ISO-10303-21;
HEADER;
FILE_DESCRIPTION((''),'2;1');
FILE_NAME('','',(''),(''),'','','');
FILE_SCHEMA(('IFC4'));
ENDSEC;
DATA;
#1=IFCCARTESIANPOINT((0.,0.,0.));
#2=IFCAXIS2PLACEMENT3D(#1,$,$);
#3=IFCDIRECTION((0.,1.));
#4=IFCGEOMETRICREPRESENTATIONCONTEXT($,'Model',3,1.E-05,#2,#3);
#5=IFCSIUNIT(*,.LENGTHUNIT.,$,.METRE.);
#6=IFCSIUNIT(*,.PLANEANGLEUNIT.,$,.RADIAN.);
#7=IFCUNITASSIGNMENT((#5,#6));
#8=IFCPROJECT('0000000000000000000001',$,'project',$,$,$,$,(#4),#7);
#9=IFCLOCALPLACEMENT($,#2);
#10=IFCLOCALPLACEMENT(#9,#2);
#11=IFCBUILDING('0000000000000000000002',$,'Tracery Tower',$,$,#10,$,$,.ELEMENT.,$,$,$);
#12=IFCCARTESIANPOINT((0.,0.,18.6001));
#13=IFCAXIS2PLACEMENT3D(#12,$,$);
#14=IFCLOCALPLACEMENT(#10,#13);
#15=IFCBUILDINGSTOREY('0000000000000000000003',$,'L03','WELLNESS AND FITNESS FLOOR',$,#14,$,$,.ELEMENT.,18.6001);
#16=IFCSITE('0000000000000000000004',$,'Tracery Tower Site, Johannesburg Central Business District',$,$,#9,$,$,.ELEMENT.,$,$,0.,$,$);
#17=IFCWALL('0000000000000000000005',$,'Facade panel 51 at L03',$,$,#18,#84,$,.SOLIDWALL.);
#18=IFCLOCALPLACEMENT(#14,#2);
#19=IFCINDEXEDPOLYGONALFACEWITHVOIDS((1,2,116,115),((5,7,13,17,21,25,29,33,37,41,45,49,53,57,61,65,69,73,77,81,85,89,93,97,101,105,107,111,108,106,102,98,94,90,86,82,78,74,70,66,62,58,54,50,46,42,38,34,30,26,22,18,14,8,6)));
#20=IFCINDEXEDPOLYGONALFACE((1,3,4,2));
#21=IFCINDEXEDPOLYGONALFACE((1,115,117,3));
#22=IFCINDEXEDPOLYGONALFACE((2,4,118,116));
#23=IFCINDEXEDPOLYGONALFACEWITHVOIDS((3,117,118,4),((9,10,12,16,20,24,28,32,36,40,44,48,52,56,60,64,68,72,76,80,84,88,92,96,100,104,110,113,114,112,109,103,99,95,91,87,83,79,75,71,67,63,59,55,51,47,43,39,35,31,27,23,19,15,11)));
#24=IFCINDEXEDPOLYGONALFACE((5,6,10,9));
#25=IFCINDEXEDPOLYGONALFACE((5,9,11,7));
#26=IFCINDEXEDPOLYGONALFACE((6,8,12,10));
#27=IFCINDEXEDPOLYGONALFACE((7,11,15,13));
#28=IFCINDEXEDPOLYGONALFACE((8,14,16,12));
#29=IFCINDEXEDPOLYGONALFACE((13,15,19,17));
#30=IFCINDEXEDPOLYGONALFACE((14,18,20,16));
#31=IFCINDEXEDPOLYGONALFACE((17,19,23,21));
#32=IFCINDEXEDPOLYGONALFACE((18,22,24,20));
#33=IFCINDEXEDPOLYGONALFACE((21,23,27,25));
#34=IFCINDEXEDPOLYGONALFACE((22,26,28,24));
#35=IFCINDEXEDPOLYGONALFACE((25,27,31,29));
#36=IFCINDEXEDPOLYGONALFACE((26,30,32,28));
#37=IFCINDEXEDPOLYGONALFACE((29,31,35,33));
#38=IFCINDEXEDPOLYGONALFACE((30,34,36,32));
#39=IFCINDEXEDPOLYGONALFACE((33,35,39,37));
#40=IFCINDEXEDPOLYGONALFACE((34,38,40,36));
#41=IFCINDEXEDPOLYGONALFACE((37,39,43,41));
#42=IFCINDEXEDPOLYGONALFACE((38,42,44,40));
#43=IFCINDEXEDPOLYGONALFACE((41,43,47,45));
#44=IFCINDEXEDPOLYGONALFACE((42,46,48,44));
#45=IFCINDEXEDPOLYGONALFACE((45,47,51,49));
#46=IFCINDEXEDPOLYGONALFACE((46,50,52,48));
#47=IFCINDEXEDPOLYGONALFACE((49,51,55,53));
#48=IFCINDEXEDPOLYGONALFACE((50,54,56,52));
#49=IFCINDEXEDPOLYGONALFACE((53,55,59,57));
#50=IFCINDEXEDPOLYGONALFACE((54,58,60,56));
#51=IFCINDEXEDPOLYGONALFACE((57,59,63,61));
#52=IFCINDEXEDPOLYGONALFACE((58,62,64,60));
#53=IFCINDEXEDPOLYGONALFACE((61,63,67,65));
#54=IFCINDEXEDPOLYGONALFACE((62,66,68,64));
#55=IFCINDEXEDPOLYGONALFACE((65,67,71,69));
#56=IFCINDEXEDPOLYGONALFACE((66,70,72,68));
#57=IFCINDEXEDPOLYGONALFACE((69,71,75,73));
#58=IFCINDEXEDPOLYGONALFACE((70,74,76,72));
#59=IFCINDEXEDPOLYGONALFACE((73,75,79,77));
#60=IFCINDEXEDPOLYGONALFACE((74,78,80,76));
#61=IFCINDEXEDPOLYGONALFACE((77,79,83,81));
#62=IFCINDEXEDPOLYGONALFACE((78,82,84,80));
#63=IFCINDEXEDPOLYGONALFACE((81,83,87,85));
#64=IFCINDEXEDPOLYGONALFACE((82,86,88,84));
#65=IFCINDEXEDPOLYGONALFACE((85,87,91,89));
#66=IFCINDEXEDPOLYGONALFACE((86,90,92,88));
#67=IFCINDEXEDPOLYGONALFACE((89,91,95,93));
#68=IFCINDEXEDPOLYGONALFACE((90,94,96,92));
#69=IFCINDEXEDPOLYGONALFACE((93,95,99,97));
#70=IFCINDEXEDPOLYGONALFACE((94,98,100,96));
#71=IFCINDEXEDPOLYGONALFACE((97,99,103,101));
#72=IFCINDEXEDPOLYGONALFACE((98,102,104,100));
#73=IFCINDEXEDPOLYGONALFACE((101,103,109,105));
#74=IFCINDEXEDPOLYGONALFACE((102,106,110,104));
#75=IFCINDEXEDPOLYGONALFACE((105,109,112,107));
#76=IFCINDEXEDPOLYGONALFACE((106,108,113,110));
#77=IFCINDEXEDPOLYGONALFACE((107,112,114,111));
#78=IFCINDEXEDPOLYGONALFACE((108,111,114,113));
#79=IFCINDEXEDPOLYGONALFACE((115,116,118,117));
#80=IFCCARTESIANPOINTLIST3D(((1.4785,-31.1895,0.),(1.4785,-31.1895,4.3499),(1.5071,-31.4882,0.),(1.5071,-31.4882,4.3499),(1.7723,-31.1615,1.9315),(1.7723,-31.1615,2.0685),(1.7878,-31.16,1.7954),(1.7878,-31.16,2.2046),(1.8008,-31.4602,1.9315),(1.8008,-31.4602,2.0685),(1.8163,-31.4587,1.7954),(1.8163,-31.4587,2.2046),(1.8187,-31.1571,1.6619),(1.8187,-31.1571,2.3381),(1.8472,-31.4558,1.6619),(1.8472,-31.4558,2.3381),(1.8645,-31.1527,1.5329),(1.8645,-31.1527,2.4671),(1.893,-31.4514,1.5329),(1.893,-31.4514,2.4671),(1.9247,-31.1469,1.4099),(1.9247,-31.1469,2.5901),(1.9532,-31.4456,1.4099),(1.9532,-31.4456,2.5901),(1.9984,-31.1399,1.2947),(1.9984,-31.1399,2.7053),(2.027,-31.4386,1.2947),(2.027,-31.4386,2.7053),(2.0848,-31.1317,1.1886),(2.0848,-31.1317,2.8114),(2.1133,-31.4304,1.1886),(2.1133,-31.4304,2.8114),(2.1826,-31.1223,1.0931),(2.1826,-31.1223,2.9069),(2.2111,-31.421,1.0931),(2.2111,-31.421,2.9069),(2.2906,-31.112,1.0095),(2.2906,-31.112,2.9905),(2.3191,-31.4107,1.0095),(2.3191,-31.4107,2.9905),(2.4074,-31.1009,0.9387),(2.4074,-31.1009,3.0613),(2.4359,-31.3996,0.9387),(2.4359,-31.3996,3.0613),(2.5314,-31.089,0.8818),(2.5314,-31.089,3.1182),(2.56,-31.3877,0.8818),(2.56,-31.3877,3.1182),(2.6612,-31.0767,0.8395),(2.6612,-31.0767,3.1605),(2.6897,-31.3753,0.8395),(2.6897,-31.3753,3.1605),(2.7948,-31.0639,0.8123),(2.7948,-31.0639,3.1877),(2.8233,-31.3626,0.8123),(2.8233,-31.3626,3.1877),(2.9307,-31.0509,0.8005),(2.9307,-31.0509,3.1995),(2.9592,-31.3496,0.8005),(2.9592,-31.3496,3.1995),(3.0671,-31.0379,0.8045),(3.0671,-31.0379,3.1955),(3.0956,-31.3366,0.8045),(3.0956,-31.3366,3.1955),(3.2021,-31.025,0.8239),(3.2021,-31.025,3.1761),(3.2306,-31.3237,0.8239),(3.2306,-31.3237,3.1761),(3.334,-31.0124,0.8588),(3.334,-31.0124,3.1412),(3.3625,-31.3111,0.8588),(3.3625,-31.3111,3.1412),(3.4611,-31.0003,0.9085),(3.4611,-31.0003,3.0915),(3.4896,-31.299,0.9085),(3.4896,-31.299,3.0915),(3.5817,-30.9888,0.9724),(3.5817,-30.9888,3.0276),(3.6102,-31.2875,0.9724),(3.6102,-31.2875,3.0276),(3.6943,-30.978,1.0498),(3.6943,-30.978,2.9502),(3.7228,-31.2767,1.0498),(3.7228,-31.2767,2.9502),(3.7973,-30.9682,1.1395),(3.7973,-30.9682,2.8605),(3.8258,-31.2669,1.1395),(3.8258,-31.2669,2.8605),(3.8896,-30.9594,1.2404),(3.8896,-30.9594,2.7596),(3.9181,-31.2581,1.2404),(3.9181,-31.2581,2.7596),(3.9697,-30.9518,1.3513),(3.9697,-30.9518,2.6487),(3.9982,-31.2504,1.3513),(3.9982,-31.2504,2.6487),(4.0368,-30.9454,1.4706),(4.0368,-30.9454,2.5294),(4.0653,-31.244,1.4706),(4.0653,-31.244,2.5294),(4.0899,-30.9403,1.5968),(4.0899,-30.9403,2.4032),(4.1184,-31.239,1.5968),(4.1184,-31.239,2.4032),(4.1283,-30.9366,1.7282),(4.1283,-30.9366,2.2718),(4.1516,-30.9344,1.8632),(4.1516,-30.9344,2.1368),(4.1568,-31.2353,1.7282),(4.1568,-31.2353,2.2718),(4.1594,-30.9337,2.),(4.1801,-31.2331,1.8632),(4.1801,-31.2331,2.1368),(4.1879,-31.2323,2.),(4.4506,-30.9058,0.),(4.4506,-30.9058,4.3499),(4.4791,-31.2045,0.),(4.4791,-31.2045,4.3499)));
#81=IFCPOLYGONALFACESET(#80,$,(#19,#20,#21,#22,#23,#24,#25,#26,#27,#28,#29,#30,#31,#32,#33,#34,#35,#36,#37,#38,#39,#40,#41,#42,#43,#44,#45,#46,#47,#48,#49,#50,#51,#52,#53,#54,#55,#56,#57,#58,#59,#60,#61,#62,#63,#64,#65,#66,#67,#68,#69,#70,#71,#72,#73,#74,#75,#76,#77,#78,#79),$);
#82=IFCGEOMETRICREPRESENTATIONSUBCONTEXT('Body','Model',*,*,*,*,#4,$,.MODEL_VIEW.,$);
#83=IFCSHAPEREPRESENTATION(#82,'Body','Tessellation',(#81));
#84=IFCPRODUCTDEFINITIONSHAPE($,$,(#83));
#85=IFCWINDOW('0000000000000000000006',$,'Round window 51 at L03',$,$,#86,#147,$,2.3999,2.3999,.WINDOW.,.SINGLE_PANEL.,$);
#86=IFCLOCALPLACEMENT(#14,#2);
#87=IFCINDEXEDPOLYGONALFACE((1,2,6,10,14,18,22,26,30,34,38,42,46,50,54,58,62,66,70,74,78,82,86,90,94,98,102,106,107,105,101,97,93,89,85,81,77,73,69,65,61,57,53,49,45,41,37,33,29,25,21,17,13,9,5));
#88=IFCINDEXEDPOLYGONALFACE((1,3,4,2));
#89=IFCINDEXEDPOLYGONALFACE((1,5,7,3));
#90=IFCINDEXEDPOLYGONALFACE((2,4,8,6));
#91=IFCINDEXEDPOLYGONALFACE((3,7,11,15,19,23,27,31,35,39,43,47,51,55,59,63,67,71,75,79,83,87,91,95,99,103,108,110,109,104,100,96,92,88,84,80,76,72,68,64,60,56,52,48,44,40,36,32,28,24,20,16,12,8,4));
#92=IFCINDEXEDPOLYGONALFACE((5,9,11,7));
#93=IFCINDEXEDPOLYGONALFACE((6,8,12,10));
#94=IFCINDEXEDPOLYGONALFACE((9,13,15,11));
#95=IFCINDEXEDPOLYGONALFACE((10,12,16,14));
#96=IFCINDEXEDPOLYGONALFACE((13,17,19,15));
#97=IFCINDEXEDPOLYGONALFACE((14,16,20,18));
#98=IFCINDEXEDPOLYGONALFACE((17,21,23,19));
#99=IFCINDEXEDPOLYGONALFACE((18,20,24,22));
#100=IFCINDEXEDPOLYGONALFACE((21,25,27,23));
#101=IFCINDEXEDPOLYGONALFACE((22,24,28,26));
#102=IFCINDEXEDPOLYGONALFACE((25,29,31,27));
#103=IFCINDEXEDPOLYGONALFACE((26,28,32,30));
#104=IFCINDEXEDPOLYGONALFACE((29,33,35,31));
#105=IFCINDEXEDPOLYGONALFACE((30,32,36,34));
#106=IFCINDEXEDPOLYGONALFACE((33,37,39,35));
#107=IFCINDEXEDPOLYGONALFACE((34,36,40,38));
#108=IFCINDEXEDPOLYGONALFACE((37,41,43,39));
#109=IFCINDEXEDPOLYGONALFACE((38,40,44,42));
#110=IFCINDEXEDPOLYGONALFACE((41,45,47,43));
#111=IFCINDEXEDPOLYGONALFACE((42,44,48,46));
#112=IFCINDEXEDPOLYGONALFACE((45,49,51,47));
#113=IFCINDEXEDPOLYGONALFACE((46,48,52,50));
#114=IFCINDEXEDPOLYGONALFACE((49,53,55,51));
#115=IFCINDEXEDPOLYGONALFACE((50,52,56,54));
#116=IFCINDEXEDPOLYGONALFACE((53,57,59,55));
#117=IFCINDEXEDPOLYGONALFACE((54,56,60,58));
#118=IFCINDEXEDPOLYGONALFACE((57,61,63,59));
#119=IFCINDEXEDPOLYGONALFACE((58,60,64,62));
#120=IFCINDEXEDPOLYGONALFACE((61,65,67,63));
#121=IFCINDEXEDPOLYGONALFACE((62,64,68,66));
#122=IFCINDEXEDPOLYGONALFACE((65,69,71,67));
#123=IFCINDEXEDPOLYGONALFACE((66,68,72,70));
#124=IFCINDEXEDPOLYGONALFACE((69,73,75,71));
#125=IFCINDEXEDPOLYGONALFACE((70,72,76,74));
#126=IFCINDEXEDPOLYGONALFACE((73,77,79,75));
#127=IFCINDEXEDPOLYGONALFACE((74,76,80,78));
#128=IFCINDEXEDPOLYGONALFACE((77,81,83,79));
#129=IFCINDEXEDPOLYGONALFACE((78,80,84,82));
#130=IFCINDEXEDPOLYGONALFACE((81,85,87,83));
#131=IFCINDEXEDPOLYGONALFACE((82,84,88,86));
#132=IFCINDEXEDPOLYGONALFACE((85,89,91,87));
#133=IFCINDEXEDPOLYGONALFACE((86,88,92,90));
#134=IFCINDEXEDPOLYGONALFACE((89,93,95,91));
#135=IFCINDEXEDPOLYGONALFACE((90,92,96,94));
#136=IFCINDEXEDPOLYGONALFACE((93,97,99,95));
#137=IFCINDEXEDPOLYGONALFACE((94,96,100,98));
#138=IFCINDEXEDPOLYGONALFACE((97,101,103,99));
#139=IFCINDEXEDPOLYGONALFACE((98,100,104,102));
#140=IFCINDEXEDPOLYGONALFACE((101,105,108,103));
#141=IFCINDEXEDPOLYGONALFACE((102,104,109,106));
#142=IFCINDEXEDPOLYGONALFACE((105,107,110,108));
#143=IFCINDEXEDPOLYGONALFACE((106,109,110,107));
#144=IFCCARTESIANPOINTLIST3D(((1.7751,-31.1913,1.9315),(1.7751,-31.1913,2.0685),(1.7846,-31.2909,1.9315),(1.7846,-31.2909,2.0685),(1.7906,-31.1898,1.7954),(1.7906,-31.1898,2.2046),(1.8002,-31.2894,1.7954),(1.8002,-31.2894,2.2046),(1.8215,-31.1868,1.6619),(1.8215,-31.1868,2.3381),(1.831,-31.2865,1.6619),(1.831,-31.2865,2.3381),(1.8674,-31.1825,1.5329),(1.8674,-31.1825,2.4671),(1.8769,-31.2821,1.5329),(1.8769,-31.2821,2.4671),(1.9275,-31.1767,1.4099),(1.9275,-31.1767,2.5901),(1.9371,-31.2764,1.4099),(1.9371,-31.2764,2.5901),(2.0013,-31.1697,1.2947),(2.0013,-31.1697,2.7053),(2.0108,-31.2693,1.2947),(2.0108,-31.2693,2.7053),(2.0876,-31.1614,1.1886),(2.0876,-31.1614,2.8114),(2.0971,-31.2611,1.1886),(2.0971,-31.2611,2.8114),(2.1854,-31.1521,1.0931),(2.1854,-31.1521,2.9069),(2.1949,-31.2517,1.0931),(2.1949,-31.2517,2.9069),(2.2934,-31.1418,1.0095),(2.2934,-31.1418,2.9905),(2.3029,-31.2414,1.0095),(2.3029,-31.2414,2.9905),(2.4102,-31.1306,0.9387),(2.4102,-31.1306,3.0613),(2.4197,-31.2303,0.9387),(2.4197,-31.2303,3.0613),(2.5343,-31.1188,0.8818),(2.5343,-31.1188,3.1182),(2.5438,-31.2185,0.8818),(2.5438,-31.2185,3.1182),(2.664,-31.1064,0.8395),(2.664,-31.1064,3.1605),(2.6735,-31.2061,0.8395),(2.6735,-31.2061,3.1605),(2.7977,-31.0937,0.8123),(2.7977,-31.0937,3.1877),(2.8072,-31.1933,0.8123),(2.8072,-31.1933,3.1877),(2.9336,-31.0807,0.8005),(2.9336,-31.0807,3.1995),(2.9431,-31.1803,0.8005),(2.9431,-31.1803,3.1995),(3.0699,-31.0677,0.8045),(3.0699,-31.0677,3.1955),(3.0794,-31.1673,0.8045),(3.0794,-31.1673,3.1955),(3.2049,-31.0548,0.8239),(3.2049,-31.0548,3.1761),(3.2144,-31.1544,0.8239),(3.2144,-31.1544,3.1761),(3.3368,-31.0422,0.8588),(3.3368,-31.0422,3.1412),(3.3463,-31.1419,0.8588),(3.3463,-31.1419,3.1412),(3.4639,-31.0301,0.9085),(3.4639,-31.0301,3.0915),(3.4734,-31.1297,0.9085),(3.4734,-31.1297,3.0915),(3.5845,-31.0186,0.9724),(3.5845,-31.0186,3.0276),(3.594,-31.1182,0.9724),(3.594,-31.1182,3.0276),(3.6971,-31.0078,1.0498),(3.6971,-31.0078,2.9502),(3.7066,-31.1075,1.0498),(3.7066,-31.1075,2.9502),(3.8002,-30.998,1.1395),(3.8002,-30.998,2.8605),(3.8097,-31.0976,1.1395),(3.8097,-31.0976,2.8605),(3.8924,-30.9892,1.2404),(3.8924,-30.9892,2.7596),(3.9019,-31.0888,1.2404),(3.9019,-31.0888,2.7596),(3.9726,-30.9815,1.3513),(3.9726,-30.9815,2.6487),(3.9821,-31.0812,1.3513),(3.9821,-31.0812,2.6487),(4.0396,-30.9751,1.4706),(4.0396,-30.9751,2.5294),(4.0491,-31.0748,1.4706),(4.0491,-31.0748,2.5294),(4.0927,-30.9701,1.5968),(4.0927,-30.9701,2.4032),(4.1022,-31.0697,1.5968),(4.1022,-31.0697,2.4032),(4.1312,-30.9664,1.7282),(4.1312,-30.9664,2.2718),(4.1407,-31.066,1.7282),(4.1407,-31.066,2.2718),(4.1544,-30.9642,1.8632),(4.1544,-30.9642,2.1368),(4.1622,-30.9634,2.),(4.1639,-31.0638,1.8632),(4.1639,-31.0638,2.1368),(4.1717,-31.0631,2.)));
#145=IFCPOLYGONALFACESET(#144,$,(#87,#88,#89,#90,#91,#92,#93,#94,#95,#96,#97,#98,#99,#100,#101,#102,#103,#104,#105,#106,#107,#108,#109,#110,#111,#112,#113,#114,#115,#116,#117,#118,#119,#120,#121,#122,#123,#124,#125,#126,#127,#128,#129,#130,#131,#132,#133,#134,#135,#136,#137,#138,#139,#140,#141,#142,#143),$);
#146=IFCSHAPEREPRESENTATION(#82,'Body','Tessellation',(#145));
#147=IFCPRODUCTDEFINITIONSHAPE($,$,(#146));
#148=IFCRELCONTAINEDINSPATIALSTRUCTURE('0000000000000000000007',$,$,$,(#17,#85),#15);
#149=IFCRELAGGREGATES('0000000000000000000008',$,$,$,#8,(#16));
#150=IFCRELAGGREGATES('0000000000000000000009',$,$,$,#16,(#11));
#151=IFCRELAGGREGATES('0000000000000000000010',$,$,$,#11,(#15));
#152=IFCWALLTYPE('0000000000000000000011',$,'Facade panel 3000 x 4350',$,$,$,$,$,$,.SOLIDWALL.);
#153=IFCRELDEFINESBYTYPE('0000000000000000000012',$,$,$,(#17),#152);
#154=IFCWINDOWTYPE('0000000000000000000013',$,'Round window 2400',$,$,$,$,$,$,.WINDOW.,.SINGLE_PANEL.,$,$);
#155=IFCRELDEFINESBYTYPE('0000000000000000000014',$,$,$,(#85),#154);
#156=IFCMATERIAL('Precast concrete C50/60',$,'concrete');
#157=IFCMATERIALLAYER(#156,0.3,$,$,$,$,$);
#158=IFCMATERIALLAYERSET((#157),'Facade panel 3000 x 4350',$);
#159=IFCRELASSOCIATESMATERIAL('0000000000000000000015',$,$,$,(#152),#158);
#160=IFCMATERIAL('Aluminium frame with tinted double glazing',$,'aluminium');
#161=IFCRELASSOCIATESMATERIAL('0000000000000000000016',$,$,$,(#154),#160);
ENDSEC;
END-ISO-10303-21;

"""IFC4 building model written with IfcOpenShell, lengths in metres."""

from ifc_helpers import new_model, si_unit, direction, frame, frame_2d, origin, origin_2d, place, context, subcontext, project, spatial, rectangle, circle, extrude, material, layer, layer_set, type_object, element, fill, save


model = new_model("IFC4")

# Units and contexts
model_context = context("Model", 3, precision=1e-05, world=origin(), true_north=direction((0.0, 1.0)))
body_context = subcontext(model_context, "Body", "Model", "MODEL_VIEW")
ifc_project = project(units=[si_unit("LENGTHUNIT", "METRE"), si_unit("PLANEANGLEUNIT", "RADIAN")], contexts=[model_context])

# Site, building, storey
site_placement = place(None, origin())
site = spatial("IfcSite", under=ifc_project, at=site_placement, Name="Tracery Tower Site, Johannesburg Central Business District", CompositionType="ELEMENT", RefElevation=0.0)
building_placement = place(site_placement, origin())
building = spatial("IfcBuilding", under=site, at=building_placement, Name="Tracery Tower", CompositionType="ELEMENT")
storey_placement = place(building_placement, frame((0.0, 0.0, 18.6001)))
storey = spatial("IfcBuildingStorey", under=building, at=storey_placement, Name="L03", Description="WELLNESS AND FITNESS FLOOR", CompositionType="ELEMENT", Elevation=18.6001)

# Wall, opening, window
ifc_material_1 = material(Name="Precast concrete C50/60", Category="concrete")
ifc_layer_1 = layer(ifc_material_1, 0.3)
ifc_layer_set_1 = layer_set([ifc_layer_1], Name="Facade panel 3000 x 4350")
wall_type_1 = type_object("IfcWallType", Name="Facade panel 3000 x 4350", PredefinedType="SOLIDWALL", material=ifc_layer_set_1)
wall_1_placement = place(storey_placement, frame((1.4929, -31.3389, 0.0), z_axis=(0.0, 0.0, 1.0), x_axis=(0.995476, 0.095017, 0.0)))
wall_1 = element("IfcWall", 1, at=wall_1_placement, inside=storey, type_object=wall_type_1, Name="Facade panel 51 at L03", PredefinedType="SOLIDWALL", context=body_context, shape_type="SweptSolid", body=[
    extrude(rectangle(XDim=2.9856, YDim=0.3, at=frame_2d((1.4927, 0.0))), origin(), (0.0, 0.0, 1.0), 4.3499),
])
opening_1_placement = place(wall_1_placement, frame((1.4929, 0.0, 2.0)))
opening_1 = element("IfcOpeningElement", 2, at=opening_1_placement, cuts=wall_1, PredefinedType="OPENING", context=body_context, shape_type="SweptSolid", body=[
    extrude(circle(Radius=1.2, at=origin_2d()), frame((0.0, 0.1599, 0.0), z_axis=(0.0, -1.0, 0.0), x_axis=(1.0, 0.0, 0.0)), (0.0, 0.0, 1.0), 0.3201),
])
ifc_material_2 = material(Name="Aluminium frame with tinted double glazing", Category="aluminium")
window_type = type_object("IfcWindowType", Name="Round window 2400", PartitioningType="SINGLE_PANEL", PredefinedType="WINDOW", material=ifc_material_2)
window_1_placement = place(opening_1_placement, origin())
window_1 = element("IfcWindow", 3, at=window_1_placement, inside=storey, type_object=window_type, Name="Round window 51 at L03", OverallHeight=2.3999, OverallWidth=2.3999, PartitioningType="SINGLE_PANEL", PredefinedType="WINDOW", context=body_context, shape_type="SweptSolid", body=[
    extrude(circle(Radius=1.2, at=origin_2d()), frame((0.0, 0.1201, 0.0), z_axis=(0.0, -1.0, 0.0), x_axis=(1.0, 0.0, 0.0)), (0.0, 0.0, 1.0), 0.1001),
])
fill(opening_1, window_1)

save(model, "model.ifc")
